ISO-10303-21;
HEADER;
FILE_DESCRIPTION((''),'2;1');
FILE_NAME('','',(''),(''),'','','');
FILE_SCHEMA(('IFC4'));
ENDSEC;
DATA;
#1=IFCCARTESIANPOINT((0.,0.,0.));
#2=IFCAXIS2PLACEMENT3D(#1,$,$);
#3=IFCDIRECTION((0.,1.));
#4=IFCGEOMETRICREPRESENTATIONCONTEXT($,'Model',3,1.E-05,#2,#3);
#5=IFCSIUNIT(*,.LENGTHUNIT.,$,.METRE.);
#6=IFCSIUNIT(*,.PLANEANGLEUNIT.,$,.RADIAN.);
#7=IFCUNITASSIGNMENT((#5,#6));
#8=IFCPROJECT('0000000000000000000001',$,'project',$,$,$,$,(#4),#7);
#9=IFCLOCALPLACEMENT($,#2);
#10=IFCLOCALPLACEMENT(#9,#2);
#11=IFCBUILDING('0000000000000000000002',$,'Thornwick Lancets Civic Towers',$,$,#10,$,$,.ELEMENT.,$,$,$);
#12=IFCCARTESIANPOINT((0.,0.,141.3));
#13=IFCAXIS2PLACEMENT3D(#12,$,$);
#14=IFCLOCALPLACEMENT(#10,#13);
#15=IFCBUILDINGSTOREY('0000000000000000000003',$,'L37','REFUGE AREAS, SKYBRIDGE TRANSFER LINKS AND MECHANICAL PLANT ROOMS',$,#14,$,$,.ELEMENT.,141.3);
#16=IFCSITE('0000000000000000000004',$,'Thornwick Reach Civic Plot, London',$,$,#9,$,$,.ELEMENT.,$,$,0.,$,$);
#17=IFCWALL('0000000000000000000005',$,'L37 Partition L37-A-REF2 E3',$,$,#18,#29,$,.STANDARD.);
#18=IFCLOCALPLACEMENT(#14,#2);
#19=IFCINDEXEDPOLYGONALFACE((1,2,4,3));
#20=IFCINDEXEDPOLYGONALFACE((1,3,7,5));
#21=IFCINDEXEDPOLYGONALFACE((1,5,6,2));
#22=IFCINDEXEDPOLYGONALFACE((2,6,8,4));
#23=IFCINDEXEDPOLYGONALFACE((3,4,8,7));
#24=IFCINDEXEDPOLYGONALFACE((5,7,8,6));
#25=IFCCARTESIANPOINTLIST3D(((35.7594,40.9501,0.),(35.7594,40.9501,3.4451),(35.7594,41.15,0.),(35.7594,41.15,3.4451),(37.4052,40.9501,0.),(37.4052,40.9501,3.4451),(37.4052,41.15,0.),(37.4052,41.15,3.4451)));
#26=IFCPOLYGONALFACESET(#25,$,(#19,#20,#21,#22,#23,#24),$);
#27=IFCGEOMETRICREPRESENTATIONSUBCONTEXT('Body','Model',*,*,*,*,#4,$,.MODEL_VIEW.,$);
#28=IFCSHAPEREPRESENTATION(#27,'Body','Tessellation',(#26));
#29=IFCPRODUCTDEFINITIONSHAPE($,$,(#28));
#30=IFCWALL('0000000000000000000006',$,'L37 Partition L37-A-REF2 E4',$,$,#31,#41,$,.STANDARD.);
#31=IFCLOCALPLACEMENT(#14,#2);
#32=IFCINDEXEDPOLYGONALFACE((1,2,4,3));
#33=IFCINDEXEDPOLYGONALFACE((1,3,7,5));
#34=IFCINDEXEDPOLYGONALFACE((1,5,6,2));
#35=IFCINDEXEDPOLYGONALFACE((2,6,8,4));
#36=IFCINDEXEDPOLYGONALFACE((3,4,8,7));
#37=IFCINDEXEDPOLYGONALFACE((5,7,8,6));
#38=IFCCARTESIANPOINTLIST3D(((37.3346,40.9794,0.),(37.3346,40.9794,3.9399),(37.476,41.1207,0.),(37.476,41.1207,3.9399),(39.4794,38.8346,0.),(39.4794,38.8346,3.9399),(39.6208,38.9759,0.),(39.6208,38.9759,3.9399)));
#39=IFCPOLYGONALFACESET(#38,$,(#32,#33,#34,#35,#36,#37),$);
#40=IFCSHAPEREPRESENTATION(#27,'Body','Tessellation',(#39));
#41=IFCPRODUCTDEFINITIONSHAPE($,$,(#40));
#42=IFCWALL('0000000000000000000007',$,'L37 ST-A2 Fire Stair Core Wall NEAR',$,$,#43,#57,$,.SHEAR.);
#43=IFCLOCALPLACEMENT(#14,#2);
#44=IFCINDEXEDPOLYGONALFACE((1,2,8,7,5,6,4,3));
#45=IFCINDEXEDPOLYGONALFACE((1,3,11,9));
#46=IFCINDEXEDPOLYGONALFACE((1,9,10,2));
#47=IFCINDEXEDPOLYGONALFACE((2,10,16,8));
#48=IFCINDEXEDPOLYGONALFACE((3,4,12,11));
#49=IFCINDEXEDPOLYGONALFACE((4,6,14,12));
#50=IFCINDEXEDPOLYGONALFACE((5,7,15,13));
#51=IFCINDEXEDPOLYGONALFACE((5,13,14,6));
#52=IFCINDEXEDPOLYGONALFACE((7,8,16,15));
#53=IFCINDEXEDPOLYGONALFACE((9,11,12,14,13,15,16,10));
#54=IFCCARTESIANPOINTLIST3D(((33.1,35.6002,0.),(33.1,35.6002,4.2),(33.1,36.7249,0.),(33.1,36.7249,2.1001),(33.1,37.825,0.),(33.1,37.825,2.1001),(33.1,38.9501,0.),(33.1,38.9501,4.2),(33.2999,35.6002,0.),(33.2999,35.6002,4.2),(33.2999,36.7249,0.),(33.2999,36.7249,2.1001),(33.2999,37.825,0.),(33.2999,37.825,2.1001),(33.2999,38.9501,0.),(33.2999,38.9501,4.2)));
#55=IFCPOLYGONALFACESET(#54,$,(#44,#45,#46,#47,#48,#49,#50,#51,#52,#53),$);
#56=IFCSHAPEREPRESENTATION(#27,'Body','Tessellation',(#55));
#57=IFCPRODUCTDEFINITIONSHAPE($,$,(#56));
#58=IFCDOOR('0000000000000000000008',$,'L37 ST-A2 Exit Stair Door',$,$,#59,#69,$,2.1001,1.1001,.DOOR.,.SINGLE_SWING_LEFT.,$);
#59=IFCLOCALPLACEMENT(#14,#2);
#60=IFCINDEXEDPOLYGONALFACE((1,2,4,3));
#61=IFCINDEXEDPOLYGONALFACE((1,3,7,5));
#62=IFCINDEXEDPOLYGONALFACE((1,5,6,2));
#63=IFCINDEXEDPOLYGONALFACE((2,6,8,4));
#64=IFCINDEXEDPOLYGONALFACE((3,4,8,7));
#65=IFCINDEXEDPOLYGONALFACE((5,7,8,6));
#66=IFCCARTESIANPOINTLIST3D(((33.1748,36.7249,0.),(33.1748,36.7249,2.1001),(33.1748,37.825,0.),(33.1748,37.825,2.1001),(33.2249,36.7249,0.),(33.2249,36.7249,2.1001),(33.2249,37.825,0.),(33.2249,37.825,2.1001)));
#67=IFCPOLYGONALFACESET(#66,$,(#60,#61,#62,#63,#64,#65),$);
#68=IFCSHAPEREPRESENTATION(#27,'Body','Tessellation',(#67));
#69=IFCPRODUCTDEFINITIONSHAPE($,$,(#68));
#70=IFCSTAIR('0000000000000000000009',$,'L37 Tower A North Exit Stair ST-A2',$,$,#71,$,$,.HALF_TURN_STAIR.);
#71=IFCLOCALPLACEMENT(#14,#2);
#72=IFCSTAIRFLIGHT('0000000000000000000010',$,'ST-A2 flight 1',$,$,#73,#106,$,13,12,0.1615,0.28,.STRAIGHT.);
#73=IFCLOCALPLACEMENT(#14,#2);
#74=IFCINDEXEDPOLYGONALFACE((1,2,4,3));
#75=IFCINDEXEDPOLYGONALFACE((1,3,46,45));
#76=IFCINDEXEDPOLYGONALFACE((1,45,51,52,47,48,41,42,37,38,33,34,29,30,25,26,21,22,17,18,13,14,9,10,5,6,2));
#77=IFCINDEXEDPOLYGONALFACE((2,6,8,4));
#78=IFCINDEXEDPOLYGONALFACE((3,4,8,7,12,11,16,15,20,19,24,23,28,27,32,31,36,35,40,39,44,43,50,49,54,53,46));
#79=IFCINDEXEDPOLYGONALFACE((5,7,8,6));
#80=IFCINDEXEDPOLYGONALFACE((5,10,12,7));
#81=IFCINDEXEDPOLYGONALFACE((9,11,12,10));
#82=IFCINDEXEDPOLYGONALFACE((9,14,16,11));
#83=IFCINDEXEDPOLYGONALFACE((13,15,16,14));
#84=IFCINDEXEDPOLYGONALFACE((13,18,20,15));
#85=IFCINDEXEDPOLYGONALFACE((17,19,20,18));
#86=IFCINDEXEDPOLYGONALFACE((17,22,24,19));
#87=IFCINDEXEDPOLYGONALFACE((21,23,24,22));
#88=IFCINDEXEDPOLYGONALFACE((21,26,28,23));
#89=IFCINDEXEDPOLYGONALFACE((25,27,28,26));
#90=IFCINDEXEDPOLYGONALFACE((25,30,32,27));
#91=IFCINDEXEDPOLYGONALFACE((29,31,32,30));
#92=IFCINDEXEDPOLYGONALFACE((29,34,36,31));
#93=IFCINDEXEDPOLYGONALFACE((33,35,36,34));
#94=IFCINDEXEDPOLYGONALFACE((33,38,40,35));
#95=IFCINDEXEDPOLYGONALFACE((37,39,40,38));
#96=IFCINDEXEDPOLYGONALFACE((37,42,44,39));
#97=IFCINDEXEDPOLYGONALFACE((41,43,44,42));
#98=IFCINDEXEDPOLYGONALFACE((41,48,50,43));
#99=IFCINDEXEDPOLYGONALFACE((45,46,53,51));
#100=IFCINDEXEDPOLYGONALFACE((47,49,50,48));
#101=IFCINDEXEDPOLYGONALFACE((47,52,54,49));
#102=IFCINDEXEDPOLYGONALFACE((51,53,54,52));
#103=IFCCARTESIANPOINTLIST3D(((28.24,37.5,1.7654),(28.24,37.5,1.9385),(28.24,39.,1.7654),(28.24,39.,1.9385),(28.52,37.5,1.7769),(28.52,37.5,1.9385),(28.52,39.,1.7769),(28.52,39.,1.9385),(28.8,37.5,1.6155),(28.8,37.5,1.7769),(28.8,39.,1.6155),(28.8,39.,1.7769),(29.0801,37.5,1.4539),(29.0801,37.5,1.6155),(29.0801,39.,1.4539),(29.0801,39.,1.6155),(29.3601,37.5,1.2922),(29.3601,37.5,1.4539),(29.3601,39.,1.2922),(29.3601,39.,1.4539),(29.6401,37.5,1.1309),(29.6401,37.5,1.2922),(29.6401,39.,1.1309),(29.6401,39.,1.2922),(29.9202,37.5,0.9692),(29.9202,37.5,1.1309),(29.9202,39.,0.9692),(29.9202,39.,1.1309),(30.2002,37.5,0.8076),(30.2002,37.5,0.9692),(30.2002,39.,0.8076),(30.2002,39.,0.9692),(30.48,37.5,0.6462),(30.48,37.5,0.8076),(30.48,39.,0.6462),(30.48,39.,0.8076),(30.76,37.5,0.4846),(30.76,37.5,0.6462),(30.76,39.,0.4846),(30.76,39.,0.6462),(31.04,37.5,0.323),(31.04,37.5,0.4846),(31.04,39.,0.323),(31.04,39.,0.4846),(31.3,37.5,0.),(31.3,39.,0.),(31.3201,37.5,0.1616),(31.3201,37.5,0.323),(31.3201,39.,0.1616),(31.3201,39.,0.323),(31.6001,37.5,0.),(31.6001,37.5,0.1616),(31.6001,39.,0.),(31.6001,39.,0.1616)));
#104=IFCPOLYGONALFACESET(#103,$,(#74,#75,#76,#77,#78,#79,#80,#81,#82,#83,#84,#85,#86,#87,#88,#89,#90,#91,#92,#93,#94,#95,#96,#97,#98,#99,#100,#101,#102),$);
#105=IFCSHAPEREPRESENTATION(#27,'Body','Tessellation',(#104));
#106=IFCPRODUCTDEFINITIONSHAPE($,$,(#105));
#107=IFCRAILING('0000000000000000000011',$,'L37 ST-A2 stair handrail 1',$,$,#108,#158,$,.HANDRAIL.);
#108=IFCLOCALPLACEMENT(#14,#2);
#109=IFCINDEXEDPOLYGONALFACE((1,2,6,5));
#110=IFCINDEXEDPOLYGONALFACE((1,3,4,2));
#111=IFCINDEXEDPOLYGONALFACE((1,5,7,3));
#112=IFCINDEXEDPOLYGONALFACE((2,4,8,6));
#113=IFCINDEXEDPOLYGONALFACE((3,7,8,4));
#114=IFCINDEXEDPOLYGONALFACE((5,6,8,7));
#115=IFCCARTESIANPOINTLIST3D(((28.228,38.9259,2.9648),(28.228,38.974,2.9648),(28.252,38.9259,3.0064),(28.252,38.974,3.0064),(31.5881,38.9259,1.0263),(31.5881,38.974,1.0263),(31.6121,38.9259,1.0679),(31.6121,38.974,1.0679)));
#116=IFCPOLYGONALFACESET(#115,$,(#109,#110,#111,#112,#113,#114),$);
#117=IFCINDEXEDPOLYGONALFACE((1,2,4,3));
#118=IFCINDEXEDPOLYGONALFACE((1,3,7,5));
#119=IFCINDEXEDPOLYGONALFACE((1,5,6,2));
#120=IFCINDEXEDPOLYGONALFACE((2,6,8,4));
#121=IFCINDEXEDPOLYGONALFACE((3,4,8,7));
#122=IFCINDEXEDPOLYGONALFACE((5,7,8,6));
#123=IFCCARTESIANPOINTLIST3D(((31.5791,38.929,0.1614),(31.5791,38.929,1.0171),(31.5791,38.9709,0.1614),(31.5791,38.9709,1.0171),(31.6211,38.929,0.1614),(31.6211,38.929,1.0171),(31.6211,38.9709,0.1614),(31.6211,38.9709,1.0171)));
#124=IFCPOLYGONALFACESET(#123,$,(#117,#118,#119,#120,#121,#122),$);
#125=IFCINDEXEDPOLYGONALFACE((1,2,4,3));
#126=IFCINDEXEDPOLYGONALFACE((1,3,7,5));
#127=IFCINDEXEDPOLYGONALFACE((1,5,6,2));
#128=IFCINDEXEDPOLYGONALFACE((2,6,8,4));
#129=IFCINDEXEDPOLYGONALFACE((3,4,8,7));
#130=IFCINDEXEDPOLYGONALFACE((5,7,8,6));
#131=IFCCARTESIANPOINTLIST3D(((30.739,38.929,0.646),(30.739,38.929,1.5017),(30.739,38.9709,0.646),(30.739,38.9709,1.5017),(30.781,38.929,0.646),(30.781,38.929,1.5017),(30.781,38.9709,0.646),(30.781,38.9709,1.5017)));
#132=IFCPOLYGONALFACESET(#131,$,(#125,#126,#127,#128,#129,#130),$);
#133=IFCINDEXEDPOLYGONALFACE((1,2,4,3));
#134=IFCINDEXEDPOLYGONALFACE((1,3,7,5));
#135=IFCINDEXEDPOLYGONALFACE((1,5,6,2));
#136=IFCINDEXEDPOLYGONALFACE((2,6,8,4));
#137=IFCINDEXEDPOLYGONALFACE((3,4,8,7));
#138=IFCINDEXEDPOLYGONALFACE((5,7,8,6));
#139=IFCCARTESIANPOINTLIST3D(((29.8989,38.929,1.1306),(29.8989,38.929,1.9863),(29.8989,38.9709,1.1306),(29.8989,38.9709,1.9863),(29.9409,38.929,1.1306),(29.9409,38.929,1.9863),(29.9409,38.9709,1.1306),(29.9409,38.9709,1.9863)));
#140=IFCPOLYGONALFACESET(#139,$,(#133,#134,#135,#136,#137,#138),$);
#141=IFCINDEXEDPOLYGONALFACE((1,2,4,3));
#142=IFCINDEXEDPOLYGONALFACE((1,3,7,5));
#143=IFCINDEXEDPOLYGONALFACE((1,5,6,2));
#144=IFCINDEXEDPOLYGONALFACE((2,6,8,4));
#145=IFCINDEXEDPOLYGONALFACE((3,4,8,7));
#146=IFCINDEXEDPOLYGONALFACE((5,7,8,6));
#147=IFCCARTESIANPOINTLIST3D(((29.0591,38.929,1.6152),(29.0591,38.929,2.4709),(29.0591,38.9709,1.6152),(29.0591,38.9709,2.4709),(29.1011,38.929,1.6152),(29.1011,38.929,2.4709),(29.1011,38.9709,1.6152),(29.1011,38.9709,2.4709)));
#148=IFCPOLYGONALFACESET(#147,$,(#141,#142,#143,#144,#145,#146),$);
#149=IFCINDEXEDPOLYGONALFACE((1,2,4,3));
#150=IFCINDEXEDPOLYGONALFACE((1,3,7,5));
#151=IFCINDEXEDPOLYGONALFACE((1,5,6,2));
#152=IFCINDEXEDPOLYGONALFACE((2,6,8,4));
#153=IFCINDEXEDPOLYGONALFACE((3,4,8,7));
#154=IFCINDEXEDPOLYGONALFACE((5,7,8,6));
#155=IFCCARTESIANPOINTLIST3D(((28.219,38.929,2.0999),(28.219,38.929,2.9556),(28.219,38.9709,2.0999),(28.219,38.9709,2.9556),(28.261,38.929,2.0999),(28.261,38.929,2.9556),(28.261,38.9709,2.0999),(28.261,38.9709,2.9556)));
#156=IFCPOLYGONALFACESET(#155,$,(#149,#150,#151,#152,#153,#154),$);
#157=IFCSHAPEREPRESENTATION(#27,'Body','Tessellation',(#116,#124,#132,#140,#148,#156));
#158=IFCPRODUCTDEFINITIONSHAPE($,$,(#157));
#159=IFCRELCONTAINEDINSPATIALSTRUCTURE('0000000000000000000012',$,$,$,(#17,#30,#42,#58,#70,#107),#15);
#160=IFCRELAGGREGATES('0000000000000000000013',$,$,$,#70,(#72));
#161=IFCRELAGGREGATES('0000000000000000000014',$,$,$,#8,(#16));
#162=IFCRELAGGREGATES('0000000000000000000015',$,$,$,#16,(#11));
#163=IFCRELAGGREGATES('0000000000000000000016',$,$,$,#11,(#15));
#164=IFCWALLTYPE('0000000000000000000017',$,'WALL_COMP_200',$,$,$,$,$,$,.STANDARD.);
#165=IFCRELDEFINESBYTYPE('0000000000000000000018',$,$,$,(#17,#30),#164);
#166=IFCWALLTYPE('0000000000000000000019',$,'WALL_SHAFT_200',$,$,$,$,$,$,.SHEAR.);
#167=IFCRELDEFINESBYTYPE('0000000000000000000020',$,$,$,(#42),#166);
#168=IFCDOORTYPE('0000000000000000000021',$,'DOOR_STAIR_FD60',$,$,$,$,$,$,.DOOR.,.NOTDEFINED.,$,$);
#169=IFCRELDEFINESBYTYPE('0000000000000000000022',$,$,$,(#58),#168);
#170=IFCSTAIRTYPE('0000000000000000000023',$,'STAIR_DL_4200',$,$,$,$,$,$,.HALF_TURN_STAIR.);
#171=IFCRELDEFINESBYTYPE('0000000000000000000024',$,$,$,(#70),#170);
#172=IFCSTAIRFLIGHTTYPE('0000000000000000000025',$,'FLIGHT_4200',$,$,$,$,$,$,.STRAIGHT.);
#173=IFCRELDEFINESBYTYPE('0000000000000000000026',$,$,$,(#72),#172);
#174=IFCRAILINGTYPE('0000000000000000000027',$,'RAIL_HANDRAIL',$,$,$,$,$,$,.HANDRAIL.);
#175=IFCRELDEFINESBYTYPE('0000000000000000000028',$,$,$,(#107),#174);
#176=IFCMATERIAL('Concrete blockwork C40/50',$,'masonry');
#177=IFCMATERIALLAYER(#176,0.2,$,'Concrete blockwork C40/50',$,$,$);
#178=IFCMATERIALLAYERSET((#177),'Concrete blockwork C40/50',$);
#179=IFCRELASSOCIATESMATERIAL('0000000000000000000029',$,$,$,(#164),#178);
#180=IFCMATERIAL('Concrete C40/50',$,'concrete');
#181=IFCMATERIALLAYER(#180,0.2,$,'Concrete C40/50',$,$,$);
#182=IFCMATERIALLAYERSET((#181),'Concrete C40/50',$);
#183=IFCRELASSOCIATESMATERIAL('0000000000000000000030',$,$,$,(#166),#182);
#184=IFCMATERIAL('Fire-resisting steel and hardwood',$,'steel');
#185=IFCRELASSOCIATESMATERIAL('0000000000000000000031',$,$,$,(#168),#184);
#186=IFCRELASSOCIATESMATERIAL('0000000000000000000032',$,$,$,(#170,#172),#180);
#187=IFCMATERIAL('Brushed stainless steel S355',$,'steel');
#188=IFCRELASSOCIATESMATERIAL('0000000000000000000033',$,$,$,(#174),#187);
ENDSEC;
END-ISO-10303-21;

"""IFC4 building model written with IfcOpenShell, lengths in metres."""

from ifc_helpers import new_model, si_unit, direction, frame, frame_2d, origin, origin_2d, place, context, subcontext, project, spatial, polyline, rectangle, outline, extrude, material, layer, layer_set, type_object, element, fill, aggregate, save


model = new_model("IFC4")

# Units and contexts
model_context = context("Model", 3, precision=1e-05, world=origin(), true_north=direction((0.0, 1.0)))
body_context = subcontext(model_context, "Body", "Model", "MODEL_VIEW")
ifc_project = project(units=[si_unit("LENGTHUNIT", "METRE"), si_unit("PLANEANGLEUNIT", "RADIAN")], contexts=[model_context])

# Site, building, storey
site_placement = place(None, origin())
site = spatial("IfcSite", under=ifc_project, at=site_placement, Name="Thornwick Reach Civic Plot, London", CompositionType="ELEMENT", RefElevation=0.0)
building_placement = place(site_placement, origin())
building = spatial("IfcBuilding", under=site, at=building_placement, Name="Thornwick Lancets Civic Towers", CompositionType="ELEMENT")
storey_placement = place(building_placement, frame((0.0, 0.0, 141.3)))
storey = spatial("IfcBuildingStorey", under=building, at=storey_placement, Name="L37", Description="REFUGE AREAS, SKYBRIDGE TRANSFER LINKS AND MECHANICAL PLANT ROOMS", CompositionType="ELEMENT", Elevation=141.3)

# Shared definitions
ifc_material_1 = material(Name="Concrete C40/50", Category="concrete")

# Walls
ifc_material_2 = material(Name="Concrete blockwork C40/50", Category="masonry")
ifc_layer_1 = layer(ifc_material_2, 0.2, Name="Concrete blockwork C40/50")
ifc_layer_set_1 = layer_set([ifc_layer_1], Name="Concrete blockwork C40/50")
wall_type_1 = type_object("IfcWallType", Name="WALL_COMP_200", PredefinedType="STANDARD", material=ifc_layer_set_1)
wall_1_placement = place(storey_placement, frame((35.7595, 41.05, 0.0), z_axis=(0.0, 0.0, 1.0), x_axis=(1.0, 0.0, 0.0)))
element("IfcWall", 1, at=wall_1_placement, inside=storey, type_object=wall_type_1, Name="L37 Partition L37-A-REF2 E3", PredefinedType="STANDARD", context=body_context, shape_type="SweptSolid", body=[
    extrude(rectangle(XDim=1.6458, YDim=0.2, at=frame_2d((0.8228, 0.0))), origin(), (0.0, 0.0, 1.0), 3.4451),
])
wall_2_placement = place(storey_placement, frame((37.4053, 41.05, 0.0), z_axis=(0.0, 0.0, 1.0), x_axis=(0.707107, -0.707107, 0.0)))
element("IfcWall", 2, at=wall_2_placement, inside=storey, type_object=wall_type_1, Name="L37 Partition L37-A-REF2 E4", PredefinedType="STANDARD", context=body_context, shape_type="SweptSolid", body=[
    extrude(rectangle(XDim=3.0332, YDim=0.2, at=frame_2d((1.5166, 0.0))), origin(), (0.0, 0.0, 1.0), 3.9399),
])

# Wall, opening, door
ifc_layer_2 = layer(ifc_material_1, 0.2, Name="Concrete C40/50")
ifc_layer_set_2 = layer_set([ifc_layer_2], Name="Concrete C40/50")
wall_type_2 = type_object("IfcWallType", Name="WALL_SHAFT_200", PredefinedType="SHEAR", material=ifc_layer_set_2)
wall_3_placement = place(storey_placement, frame((33.2, 38.95, 0.0), z_axis=(0.0, 0.0, 1.0), x_axis=(0.0, -1.0, 0.0)))
wall_3 = element("IfcWall", 3, at=wall_3_placement, inside=storey, type_object=wall_type_2, Name="L37 ST-A2 Fire Stair Core Wall NEAR", PredefinedType="SHEAR", context=body_context, shape_type="SweptSolid", body=[
    extrude(rectangle(XDim=3.3499, YDim=0.2, at=frame_2d((1.6748, 0.0))), origin(), (0.0, 0.0, 1.0), 4.2),
])
opening_placement = place(wall_3_placement, frame((1.125, 0.0, 0.0)))
opening = element("IfcOpeningElement", 4, at=opening_placement, cuts=wall_3, PredefinedType="OPENING", context=body_context, shape_type="SweptSolid", body=[
    extrude(rectangle(XDim=1.1001, YDim=2.1001, at=frame_2d((0.55, 1.05))), frame((0.0, 0.1099, 0.0), z_axis=(0.0, -1.0, 0.0), x_axis=(1.0, 0.0, 0.0)), (0.0, 0.0, 1.0), 0.22),
])
ifc_material_3 = material(Name="Fire-resisting steel and hardwood", Category="steel")
door_type = type_object("IfcDoorType", Name="DOOR_STAIR_FD60", OperationType="NOTDEFINED", PredefinedType="DOOR", material=ifc_material_3)
door_placement = place(opening_placement, origin())
door = element("IfcDoor", 5, at=door_placement, inside=storey, type_object=door_type, Name="L37 ST-A2 Exit Stair Door", OperationType="SINGLE_SWING_LEFT", OverallHeight=2.1001, OverallWidth=1.1001, PredefinedType="DOOR", context=body_context, shape_type="SweptSolid", body=[
    extrude(rectangle(XDim=1.1001, YDim=2.1001, at=frame_2d((0.55, 1.05))), frame((0.0, 0.0249, 0.0), z_axis=(0.0, -1.0, 0.0), x_axis=(1.0, 0.0, 0.0)), (0.0, 0.0, 1.0), 0.05),
])
fill(opening, door)

# Stair, stair flight
stair_type = type_object("IfcStairType", Name="STAIR_DL_4200", PredefinedType="HALF_TURN_STAIR", material=ifc_material_1)
stair_placement = place(storey_placement, origin())
stair = element("IfcStair", 6, at=stair_placement, inside=storey, type_object=stair_type, Name="L37 Tower A North Exit Stair ST-A2", PredefinedType="HALF_TURN_STAIR")
stair_flight_type = type_object("IfcStairFlightType", Name="FLIGHT_4200", PredefinedType="STRAIGHT", material=ifc_material_1)
stair_flight_placement = place(storey_placement, frame((31.6001, 38.25, 0.0), z_axis=(0.0, 0.0, 1.0), x_axis=(-1.0, 0.0, 0.0)))
stair_flight = element("IfcStairFlight", 7, at=stair_flight_placement, type_object=stair_flight_type, Name="ST-A2 flight 1", NumberOfRisers=13, NumberOfTreads=12, PredefinedType="STRAIGHT", RiserHeight=0.1615, TreadLength=0.28, context=body_context, shape_type="SweptSolid", body=[
    extrude(outline(polyline([(0.0, 0.0), (0.0, 0.1616), (0.28, 0.1616), (0.28, 0.323), (0.5601, 0.323), (0.5601, 0.4846), (0.8401, 0.4846), (0.8401, 0.6462), (1.1201, 0.6462), (1.1201, 0.8076), (1.3999, 0.8076), (1.3999, 0.9692), (1.6799, 0.9692), (1.6799, 1.1309), (1.96, 1.1309), (1.96, 1.2922), (2.24, 1.2922), (2.24, 1.4539), (2.52, 1.4539), (2.52, 1.6155), (2.8, 1.6155), (2.8, 1.7769), (3.0801, 1.7769), (3.0801, 1.9385), (3.3601, 1.9385), (3.3601, 2.1001), (3.3601, 1.7654), (0.3, 0.0), (0.0, 0.0)])), frame((0.0, 0.75, 0.0), z_axis=(0.0, -1.0, 0.0), x_axis=(1.0, 0.0, 0.0)), (0.0, 0.0, 1.0), 1.5),
])
aggregate(stair, [stair_flight])

# Railing
ifc_material_4 = material(Name="Brushed stainless steel S355", Category="steel")
railing_type_1 = type_object("IfcRailingType", Name="RAIL_HANDRAIL", PredefinedType="HANDRAIL", material=ifc_material_4)
railing_1_placement = place(storey_placement, frame((31.6001, 38.95, 0.1614)))
element("IfcRailing", 8, at=railing_1_placement, inside=storey, type_object=railing_type_1, Name="L37 ST-A2 stair handrail 1", PredefinedType="HANDRAIL", context=body_context, shape_type="SweptSolid", body=[
    extrude(rectangle(XDim=0.0481, YDim=0.0481, at=origin_2d()), frame((0.0, 0.0, 0.8857), z_axis=(-0.866191, 0.0, 0.499713), x_axis=(0.0, -1.0, 0.0)), (0.0, 0.0, 1.0), 3.8792),
    extrude(rectangle(XDim=0.042, YDim=0.042, at=origin_2d()), origin(), (0.0, 0.0, 1.0), 0.8557),
    extrude(rectangle(XDim=0.042, YDim=0.042, at=origin_2d()), frame((-0.8401, 0.0, 0.4846)), (0.0, 0.0, 1.0), 0.8557),
    extrude(rectangle(XDim=0.042, YDim=0.042, at=origin_2d()), frame((-1.6802, 0.0, 0.9692)), (0.0, 0.0, 1.0), 0.8557),
    extrude(rectangle(XDim=0.042, YDim=0.042, at=origin_2d()), frame((-2.52, 0.0, 1.4539)), (0.0, 0.0, 1.0), 0.8557),
    extrude(rectangle(XDim=0.042, YDim=0.042, at=origin_2d()), frame((-3.3601, 0.0, 1.9385)), (0.0, 0.0, 1.0), 0.8557),
])

save(model, "model.ifc")
